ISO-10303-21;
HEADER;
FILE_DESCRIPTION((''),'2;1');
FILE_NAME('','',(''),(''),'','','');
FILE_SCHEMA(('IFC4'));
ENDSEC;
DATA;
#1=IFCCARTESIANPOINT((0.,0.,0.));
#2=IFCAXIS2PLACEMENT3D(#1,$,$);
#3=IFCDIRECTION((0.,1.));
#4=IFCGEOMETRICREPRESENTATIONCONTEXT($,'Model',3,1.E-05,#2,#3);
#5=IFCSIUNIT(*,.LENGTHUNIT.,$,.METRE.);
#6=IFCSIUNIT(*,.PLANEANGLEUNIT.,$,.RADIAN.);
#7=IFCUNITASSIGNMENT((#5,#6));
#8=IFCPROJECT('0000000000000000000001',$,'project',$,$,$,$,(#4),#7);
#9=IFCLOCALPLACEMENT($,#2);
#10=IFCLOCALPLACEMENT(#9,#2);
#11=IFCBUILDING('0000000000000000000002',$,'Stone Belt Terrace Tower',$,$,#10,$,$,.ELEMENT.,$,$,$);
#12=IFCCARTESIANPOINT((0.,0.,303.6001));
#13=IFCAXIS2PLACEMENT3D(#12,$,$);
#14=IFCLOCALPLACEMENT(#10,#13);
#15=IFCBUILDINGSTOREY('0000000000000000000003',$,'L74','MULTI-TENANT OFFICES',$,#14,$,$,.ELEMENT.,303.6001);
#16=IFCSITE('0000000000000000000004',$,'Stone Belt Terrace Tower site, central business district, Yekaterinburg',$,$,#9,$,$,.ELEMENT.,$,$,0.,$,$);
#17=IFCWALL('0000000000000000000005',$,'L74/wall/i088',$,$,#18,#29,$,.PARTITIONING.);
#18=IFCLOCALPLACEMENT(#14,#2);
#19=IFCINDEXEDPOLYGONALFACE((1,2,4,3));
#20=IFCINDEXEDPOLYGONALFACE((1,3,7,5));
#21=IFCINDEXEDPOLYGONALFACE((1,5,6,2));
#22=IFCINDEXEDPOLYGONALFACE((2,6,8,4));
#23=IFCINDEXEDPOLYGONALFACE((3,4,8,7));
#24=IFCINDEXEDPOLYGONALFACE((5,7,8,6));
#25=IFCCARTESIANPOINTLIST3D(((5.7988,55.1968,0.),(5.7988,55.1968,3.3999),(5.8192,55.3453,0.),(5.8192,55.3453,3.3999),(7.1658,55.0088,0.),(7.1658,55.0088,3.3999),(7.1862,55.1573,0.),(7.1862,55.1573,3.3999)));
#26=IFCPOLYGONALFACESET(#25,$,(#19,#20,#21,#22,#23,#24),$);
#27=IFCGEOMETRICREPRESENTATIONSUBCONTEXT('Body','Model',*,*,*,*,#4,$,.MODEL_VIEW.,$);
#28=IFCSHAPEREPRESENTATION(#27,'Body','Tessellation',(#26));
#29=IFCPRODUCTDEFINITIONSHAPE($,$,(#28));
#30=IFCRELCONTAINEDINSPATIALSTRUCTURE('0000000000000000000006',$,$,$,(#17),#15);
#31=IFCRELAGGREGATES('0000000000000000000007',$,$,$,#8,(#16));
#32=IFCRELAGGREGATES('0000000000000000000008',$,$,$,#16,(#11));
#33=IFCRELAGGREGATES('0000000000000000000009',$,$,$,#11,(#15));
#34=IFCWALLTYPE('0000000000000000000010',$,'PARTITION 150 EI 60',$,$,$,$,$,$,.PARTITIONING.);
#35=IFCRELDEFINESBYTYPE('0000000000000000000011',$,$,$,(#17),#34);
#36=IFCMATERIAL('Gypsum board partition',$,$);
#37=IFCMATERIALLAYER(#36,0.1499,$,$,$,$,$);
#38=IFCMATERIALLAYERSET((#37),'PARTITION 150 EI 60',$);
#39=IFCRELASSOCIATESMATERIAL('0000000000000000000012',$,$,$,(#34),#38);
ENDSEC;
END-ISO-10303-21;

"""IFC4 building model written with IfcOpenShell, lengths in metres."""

from ifc_helpers import new_model, si_unit, direction, frame, frame_2d, origin, place, context, subcontext, project, spatial, rectangle, extrude, material, layer, layer_set, type_object, element, save


model = new_model("IFC4")

# Units and contexts
model_context = context("Model", 3, precision=1e-05, world=origin(), true_north=direction((0.0, 1.0)))
body_context = subcontext(model_context, "Body", "Model", "MODEL_VIEW")
ifc_project = project(units=[si_unit("LENGTHUNIT", "METRE"), si_unit("PLANEANGLEUNIT", "RADIAN")], contexts=[model_context])

# Site, building, storey
site_placement = place(None, origin())
site = spatial("IfcSite", under=ifc_project, at=site_placement, Name="Stone Belt Terrace Tower site, central business district, Yekaterinburg", CompositionType="ELEMENT", RefElevation=0.0)
building_placement = place(site_placement, origin())
building = spatial("IfcBuilding", under=site, at=building_placement, Name="Stone Belt Terrace Tower", CompositionType="ELEMENT")
storey_placement = place(building_placement, frame((0.0, 0.0, 303.6001)))
storey = spatial("IfcBuildingStorey", under=building, at=storey_placement, Name="L74", Description="MULTI-TENANT OFFICES", CompositionType="ELEMENT", Elevation=303.6001)

# Shared definitions
ifc_material_1 = material(Name="Gypsum board partition")
ifc_layer_1 = layer(ifc_material_1, 0.1499)
ifc_layer_set_1 = layer_set([ifc_layer_1], Name="PARTITION 150 EI 60")
wall_type_1 = type_object("IfcWallType", Name="PARTITION 150 EI 60", PredefinedType="PARTITIONING", material=ifc_layer_set_1)

# Wall
wall_1_placement = place(storey_placement, frame((7.176, 55.083, 0.0), z_axis=(0.0, 0.0, 1.0), x_axis=(-0.990676, 0.136242, 0.0)))
element("IfcWall", 1, at=wall_1_placement, inside=storey, type_object=wall_type_1, Name="L74/wall/i088", PredefinedType="PARTITIONING", context=body_context, shape_type="SweptSolid", body=[
    extrude(rectangle(XDim=1.3799, YDim=0.1499, at=frame_2d((0.6899, 0.0))), origin(), (0.0, 0.0, 1.0), 3.3999),
])

save(model, "model.ifc")
